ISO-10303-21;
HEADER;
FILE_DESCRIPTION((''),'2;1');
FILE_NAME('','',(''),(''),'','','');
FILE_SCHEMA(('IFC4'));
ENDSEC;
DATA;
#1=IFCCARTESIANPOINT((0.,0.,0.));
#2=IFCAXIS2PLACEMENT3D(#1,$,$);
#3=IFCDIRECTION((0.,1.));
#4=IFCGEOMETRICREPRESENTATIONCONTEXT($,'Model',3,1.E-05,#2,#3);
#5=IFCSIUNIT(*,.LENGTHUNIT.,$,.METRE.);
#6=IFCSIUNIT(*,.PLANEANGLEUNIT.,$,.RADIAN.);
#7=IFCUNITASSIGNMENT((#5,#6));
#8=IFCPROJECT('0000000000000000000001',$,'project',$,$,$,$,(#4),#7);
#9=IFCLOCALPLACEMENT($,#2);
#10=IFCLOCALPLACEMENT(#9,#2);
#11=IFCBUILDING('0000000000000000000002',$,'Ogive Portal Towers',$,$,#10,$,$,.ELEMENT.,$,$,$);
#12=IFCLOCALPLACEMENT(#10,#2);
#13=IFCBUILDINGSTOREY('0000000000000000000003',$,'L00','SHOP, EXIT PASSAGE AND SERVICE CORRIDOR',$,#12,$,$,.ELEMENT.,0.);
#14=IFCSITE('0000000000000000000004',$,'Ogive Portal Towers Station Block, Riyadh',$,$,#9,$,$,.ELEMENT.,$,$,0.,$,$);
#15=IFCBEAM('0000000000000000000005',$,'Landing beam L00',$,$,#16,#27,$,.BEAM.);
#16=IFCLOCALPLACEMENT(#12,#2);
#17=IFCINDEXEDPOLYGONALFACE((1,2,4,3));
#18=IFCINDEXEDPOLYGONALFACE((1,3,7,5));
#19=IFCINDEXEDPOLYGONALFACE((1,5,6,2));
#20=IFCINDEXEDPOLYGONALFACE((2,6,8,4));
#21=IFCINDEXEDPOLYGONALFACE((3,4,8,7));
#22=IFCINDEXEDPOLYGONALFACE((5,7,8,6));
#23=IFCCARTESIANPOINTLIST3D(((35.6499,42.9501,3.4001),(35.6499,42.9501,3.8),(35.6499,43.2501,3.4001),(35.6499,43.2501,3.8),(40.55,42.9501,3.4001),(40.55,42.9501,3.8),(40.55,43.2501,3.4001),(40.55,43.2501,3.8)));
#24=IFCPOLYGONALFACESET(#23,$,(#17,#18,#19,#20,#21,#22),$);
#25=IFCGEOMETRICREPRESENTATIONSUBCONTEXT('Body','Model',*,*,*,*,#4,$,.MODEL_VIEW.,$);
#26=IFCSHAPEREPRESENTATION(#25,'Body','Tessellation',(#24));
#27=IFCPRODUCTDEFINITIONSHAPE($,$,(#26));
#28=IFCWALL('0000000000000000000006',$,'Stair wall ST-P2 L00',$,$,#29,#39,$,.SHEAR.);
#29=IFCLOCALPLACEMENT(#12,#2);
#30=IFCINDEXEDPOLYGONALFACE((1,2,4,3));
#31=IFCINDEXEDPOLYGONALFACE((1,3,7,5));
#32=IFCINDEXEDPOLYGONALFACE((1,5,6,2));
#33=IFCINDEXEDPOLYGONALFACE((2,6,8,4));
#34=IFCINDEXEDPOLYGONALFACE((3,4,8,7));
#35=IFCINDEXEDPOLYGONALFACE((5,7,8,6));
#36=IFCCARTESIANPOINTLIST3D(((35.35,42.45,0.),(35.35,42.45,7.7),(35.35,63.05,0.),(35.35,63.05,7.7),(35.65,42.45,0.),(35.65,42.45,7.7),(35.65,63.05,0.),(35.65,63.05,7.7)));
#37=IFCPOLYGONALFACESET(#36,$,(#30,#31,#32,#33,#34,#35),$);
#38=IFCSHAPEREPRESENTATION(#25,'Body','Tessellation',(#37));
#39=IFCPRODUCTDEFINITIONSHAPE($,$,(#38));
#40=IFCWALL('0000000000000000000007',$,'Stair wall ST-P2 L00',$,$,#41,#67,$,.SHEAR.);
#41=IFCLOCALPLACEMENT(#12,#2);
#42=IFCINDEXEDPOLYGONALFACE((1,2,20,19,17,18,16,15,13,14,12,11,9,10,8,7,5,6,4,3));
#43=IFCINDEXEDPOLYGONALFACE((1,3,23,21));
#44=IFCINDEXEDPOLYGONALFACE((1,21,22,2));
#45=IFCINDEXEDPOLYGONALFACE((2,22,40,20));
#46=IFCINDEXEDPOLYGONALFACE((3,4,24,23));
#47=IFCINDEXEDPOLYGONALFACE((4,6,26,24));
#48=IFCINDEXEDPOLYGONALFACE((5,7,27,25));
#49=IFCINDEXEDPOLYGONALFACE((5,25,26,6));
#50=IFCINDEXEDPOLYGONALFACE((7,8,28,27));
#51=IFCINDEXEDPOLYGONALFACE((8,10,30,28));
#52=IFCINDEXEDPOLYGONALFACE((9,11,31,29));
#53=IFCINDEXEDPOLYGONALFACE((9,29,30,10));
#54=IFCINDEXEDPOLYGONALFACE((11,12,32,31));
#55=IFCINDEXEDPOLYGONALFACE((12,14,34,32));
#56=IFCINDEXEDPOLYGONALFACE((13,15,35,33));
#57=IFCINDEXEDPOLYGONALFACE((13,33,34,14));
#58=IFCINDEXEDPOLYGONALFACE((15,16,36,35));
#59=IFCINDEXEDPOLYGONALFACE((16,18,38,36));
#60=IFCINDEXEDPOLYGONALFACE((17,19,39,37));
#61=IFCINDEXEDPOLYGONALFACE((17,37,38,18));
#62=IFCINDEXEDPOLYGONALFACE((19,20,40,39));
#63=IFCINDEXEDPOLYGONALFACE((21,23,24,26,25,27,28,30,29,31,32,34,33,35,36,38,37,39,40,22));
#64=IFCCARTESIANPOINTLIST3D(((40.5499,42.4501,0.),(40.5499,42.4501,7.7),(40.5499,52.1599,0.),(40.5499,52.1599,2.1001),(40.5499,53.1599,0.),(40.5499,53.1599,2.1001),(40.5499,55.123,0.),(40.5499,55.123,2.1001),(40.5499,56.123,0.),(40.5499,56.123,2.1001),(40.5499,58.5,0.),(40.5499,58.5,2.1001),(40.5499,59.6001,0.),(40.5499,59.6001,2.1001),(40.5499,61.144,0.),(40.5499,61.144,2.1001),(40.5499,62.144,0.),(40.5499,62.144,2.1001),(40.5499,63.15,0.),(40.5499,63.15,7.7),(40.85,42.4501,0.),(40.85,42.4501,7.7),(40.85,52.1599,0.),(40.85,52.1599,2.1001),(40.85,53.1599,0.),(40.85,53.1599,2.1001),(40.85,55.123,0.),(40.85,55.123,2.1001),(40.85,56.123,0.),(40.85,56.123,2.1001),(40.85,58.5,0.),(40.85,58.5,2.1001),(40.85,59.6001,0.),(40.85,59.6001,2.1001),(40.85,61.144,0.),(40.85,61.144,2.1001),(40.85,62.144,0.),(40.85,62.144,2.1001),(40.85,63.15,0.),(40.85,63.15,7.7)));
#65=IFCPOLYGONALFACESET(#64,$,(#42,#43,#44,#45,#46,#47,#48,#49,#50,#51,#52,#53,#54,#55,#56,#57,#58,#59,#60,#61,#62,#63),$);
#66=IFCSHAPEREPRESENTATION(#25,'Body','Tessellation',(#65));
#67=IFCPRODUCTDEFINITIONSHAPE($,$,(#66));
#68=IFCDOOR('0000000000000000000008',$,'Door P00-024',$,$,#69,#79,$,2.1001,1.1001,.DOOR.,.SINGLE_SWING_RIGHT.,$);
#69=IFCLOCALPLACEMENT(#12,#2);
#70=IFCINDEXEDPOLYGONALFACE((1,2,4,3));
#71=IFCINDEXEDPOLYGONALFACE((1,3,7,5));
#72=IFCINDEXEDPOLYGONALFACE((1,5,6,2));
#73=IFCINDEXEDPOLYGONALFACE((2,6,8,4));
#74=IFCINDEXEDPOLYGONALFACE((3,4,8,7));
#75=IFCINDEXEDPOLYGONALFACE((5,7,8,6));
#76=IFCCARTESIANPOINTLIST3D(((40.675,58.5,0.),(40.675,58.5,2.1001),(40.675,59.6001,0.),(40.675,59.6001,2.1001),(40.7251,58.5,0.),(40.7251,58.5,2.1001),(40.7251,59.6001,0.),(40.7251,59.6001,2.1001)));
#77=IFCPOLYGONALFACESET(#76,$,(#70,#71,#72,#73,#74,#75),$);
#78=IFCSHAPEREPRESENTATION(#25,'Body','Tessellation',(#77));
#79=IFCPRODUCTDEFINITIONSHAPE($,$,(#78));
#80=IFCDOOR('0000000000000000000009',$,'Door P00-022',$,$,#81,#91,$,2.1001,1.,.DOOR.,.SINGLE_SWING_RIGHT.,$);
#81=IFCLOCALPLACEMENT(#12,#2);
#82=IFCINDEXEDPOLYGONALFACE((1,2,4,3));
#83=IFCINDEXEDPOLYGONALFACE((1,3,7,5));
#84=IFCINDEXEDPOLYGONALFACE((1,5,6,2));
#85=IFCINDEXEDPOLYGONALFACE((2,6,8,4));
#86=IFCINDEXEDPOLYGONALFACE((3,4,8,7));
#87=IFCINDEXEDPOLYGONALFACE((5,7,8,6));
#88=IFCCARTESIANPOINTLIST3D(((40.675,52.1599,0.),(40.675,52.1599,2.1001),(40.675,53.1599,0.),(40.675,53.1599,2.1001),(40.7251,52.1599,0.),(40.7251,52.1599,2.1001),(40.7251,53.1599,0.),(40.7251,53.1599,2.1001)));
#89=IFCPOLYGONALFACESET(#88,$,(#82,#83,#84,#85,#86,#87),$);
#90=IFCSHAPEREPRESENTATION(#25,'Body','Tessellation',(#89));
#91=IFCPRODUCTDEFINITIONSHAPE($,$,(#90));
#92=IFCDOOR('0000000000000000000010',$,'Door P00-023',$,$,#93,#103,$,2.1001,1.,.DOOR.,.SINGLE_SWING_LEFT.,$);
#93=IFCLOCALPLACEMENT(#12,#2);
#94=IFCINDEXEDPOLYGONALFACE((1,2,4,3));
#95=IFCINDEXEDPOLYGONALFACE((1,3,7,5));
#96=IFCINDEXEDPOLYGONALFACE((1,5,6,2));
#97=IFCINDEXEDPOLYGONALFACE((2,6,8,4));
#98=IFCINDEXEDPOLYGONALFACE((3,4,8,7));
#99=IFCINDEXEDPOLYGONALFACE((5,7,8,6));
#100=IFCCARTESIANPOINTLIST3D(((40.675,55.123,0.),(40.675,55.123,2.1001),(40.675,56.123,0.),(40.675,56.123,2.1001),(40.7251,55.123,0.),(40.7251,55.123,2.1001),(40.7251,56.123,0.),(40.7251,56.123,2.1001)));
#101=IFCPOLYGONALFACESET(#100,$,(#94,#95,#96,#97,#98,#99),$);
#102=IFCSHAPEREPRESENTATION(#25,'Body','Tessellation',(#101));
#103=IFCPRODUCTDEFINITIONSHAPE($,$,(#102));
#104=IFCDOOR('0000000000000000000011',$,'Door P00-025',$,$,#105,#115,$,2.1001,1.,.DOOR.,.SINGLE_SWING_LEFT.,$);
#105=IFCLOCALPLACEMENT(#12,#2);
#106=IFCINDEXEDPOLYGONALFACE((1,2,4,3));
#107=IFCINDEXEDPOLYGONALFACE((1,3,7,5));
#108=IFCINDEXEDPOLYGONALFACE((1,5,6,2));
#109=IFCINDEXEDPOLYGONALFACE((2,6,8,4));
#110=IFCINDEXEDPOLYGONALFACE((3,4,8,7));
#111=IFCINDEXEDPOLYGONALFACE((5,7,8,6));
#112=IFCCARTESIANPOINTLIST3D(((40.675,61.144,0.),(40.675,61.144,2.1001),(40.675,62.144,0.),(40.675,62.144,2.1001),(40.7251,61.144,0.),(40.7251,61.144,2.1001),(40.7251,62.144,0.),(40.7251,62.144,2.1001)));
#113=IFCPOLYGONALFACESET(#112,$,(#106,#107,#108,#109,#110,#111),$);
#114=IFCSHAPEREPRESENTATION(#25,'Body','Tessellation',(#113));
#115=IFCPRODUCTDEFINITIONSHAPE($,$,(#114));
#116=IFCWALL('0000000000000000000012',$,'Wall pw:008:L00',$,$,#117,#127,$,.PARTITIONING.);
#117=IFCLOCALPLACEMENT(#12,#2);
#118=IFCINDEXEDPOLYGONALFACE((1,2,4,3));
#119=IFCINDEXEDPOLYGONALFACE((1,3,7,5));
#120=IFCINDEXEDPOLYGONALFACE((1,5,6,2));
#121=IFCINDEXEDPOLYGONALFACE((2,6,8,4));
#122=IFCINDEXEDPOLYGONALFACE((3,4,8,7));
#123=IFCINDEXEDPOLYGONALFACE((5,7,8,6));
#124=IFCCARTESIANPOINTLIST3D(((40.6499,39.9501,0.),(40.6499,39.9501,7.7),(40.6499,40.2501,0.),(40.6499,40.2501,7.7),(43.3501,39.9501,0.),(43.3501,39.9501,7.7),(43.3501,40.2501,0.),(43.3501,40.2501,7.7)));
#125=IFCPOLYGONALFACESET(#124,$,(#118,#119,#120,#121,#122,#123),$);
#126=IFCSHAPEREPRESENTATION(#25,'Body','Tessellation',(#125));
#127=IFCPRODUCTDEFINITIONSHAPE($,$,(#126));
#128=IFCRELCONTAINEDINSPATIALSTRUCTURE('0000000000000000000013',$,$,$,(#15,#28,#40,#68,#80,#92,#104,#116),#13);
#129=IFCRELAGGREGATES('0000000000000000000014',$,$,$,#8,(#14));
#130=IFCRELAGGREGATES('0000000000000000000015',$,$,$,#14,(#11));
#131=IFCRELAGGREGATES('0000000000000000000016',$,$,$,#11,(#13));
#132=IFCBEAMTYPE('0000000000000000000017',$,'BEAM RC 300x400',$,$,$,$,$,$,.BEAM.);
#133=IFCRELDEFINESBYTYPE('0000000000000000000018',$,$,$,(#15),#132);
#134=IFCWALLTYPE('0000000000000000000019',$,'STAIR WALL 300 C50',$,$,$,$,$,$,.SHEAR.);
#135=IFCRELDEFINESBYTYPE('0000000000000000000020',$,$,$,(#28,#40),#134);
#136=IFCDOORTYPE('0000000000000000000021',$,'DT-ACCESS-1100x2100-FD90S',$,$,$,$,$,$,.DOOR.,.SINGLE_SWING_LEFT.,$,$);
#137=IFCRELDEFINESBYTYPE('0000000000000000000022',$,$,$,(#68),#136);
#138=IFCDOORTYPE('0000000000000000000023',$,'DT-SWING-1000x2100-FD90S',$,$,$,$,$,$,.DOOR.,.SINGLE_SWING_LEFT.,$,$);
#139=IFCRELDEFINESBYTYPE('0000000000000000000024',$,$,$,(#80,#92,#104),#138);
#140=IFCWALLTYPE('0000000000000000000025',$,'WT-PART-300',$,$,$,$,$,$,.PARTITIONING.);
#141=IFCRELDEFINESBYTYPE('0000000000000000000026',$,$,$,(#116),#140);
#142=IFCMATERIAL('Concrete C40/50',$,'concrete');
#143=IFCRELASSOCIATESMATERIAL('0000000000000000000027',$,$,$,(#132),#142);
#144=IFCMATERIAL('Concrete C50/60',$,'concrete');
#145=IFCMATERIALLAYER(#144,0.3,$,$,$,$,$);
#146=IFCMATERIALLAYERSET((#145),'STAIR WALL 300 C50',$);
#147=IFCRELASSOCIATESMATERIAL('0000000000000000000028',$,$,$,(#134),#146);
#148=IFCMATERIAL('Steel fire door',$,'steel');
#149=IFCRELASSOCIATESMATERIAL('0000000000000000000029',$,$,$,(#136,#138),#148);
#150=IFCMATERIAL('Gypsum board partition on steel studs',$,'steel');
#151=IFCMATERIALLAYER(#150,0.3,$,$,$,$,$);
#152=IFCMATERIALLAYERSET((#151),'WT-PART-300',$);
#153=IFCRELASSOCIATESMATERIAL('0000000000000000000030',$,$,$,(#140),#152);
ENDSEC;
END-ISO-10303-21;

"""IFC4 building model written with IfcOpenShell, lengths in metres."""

from ifc_helpers import new_model, si_unit, direction, frame, frame_2d, origin, origin_2d, place, context, subcontext, project, spatial, rectangle, extrude, material, layer, layer_set, material_profile, profile_set, type_object, element, fill, save


model = new_model("IFC4")

# Units and contexts
model_context = context("Model", 3, precision=1e-05, world=origin(), true_north=direction((0.0, 1.0)))
body_context = subcontext(model_context, "Body", "Model", "MODEL_VIEW")
ifc_project = project(units=[si_unit("LENGTHUNIT", "METRE"), si_unit("PLANEANGLEUNIT", "RADIAN")], contexts=[model_context])

# Site, building, storey
site_placement = place(None, origin())
site = spatial("IfcSite", under=ifc_project, at=site_placement, Name="Ogive Portal Towers Station Block, Riyadh", CompositionType="ELEMENT", RefElevation=0.0)
building_placement = place(site_placement, origin())
building = spatial("IfcBuilding", under=site, at=building_placement, Name="Ogive Portal Towers", CompositionType="ELEMENT")
storey_placement = place(building_placement, origin())
storey = spatial("IfcBuildingStorey", under=building, at=storey_placement, Name="L00", Description="SHOP, EXIT PASSAGE AND SERVICE CORRIDOR", CompositionType="ELEMENT", Elevation=0.0)

# Beam
ifc_material_1 = material(Name="Concrete C40/50", Category="concrete")
ifc_material_profile = material_profile(ifc_material_1, rectangle(XDim=0.3, YDim=0.3999, at=origin_2d()), Name="RC 300x400")
ifc_profile_set = profile_set([ifc_material_profile], Name="Concrete C40/50")
beam_type = type_object("IfcBeamType", Name="BEAM RC 300x400", PredefinedType="BEAM", material=ifc_profile_set)
beam_placement = place(storey_placement, frame((35.6499, 43.1001, 3.6001), z_axis=(1.0, 0.0, 0.0), x_axis=(0.0, 1.0, 0.0)))
element("IfcBeam", 1, at=beam_placement, inside=storey, type_object=beam_type, Name="Landing beam L00", PredefinedType="BEAM", context=body_context, shape_type="SweptSolid", body=[
    extrude(rectangle(XDim=0.3, YDim=0.3999, at=origin_2d()), origin(), (0.0, 0.0, 1.0), 4.9001),
])

# Wall
ifc_material_2 = material(Name="Concrete C50/60", Category="concrete")
ifc_layer_1 = layer(ifc_material_2, 0.3)
ifc_layer_set_1 = layer_set([ifc_layer_1], Name="STAIR WALL 300 C50")
wall_type_1 = type_object("IfcWallType", Name="STAIR WALL 300 C50", PredefinedType="SHEAR", material=ifc_layer_set_1)
wall_1_placement = place(storey_placement, frame((35.5, 42.45, 0.0), z_axis=(0.0, 0.0, 1.0), x_axis=(0.0, 1.0, 0.0)))
element("IfcWall", 2, at=wall_1_placement, inside=storey, type_object=wall_type_1, Name="Stair wall ST-P2 L00", PredefinedType="SHEAR", context=body_context, shape_type="SweptSolid", body=[
    extrude(rectangle(XDim=20.6001, YDim=0.3, at=frame_2d((10.3, 0.0))), origin(), (0.0, 0.0, 1.0), 7.7),
])

# Wall, openings, doors
wall_2_placement = place(storey_placement, frame((40.7, 42.45, 0.0), z_axis=(0.0, 0.0, 1.0), x_axis=(0.0, 1.0, 0.0)))
wall_2 = element("IfcWall", 3, at=wall_2_placement, inside=storey, type_object=wall_type_1, Name="Stair wall ST-P2 L00", PredefinedType="SHEAR", context=body_context, shape_type="SweptSolid", body=[
    extrude(rectangle(XDim=20.7, YDim=0.3, at=frame_2d((10.3501, 0.0))), origin(), (0.0, 0.0, 1.0), 7.7),
])
opening_1_placement = place(wall_2_placement, frame((9.71, 0.0, 0.0)))
opening_1 = element("IfcOpeningElement", 4, at=opening_1_placement, cuts=wall_2, PredefinedType="OPENING", context=body_context, shape_type="SweptSolid", body=[
    extrude(rectangle(XDim=1.0, YDim=2.1001, at=frame_2d((0.5, 1.05))), frame((0.0, 0.1602, 0.0), z_axis=(0.0, -1.0, 0.0), x_axis=(1.0, 0.0, 0.0)), (0.0, 0.0, 1.0), 0.3201),
])
opening_2_placement = place(wall_2_placement, frame((12.6731, 0.0, 0.0)))
opening_2 = element("IfcOpeningElement", 5, at=opening_2_placement, cuts=wall_2, PredefinedType="OPENING", context=body_context, shape_type="SweptSolid", body=[
    extrude(rectangle(XDim=1.0, YDim=2.1001, at=frame_2d((0.5, 1.05))), frame((0.0, 0.1602, 0.0), z_axis=(0.0, -1.0, 0.0), x_axis=(1.0, 0.0, 0.0)), (0.0, 0.0, 1.0), 0.3201),
])
opening_3_placement = place(wall_2_placement, frame((16.05, 0.0, 0.0)))
opening_3 = element("IfcOpeningElement", 6, at=opening_3_placement, cuts=wall_2, PredefinedType="OPENING", context=body_context, shape_type="SweptSolid", body=[
    extrude(rectangle(XDim=1.1001, YDim=2.1001, at=frame_2d((0.55, 1.05))), frame((0.0, 0.1602, 0.0), z_axis=(0.0, -1.0, 0.0), x_axis=(1.0, 0.0, 0.0)), (0.0, 0.0, 1.0), 0.3201),
])
opening_4_placement = place(wall_2_placement, frame((18.6941, 0.0, 0.0)))
opening_4 = element("IfcOpeningElement", 7, at=opening_4_placement, cuts=wall_2, PredefinedType="OPENING", context=body_context, shape_type="SweptSolid", body=[
    extrude(rectangle(XDim=1.0, YDim=2.1001, at=frame_2d((0.5, 1.05))), frame((0.0, 0.1602, 0.0), z_axis=(0.0, -1.0, 0.0), x_axis=(1.0, 0.0, 0.0)), (0.0, 0.0, 1.0), 0.3201),
])
ifc_material_3 = material(Name="Steel fire door", Category="steel")
door_type_1 = type_object("IfcDoorType", Name="DT-ACCESS-1100x2100-FD90S", OperationType="SINGLE_SWING_LEFT", PredefinedType="DOOR", material=ifc_material_3)
door_1_placement = place(opening_3_placement, origin())
door_1 = element("IfcDoor", 8, at=door_1_placement, inside=storey, type_object=door_type_1, Name="Door P00-024", OperationType="SINGLE_SWING_RIGHT", OverallHeight=2.1001, OverallWidth=1.1001, PredefinedType="DOOR", context=body_context, shape_type="SweptSolid", body=[
    extrude(rectangle(XDim=1.1001, YDim=2.1001, at=frame_2d((0.55, 1.05))), frame((0.0, 0.0249, 0.0), z_axis=(0.0, -1.0, 0.0), x_axis=(1.0, 0.0, 0.0)), (0.0, 0.0, 1.0), 0.05),
])
fill(opening_3, door_1)
door_type_2 = type_object("IfcDoorType", Name="DT-SWING-1000x2100-FD90S", OperationType="SINGLE_SWING_LEFT", PredefinedType="DOOR", material=ifc_material_3)
door_2_placement = place(opening_1_placement, origin())
door_2 = element("IfcDoor", 9, at=door_2_placement, inside=storey, type_object=door_type_2, Name="Door P00-022", OperationType="SINGLE_SWING_RIGHT", OverallHeight=2.1001, OverallWidth=1.0, PredefinedType="DOOR", context=body_context, shape_type="SweptSolid", body=[
    extrude(rectangle(XDim=1.0, YDim=2.1001, at=frame_2d((0.5, 1.05))), frame((0.0, 0.0249, 0.0), z_axis=(0.0, -1.0, 0.0), x_axis=(1.0, 0.0, 0.0)), (0.0, 0.0, 1.0), 0.05),
])
fill(opening_1, door_2)
door_3_placement = place(opening_2_placement, origin())
door_3 = element("IfcDoor", 10, at=door_3_placement, inside=storey, type_object=door_type_2, Name="Door P00-023", OperationType="SINGLE_SWING_LEFT", OverallHeight=2.1001, OverallWidth=1.0, PredefinedType="DOOR", context=body_context, shape_type="SweptSolid", body=[
    extrude(rectangle(XDim=1.0, YDim=2.1001, at=frame_2d((0.5, 1.05))), frame((0.0, 0.0249, 0.0), z_axis=(0.0, -1.0, 0.0), x_axis=(1.0, 0.0, 0.0)), (0.0, 0.0, 1.0), 0.05),
])
fill(opening_2, door_3)
door_4_placement = place(opening_4_placement, origin())
door_4 = element("IfcDoor", 11, at=door_4_placement, inside=storey, type_object=door_type_2, Name="Door P00-025", OperationType="SINGLE_SWING_LEFT", OverallHeight=2.1001, OverallWidth=1.0, PredefinedType="DOOR", context=body_context, shape_type="SweptSolid", body=[
    extrude(rectangle(XDim=1.0, YDim=2.1001, at=frame_2d((0.5, 1.05))), frame((0.0, 0.0249, 0.0), z_axis=(0.0, -1.0, 0.0), x_axis=(1.0, 0.0, 0.0)), (0.0, 0.0, 1.0), 0.05),
])
fill(opening_4, door_4)

# Wall
ifc_material_4 = material(Name="Gypsum board partition on steel studs", Category="steel")
ifc_layer_2 = layer(ifc_material_4, 0.3)
ifc_layer_set_2 = layer_set([ifc_layer_2], Name="WT-PART-300")
wall_type_2 = type_object("IfcWallType", Name="WT-PART-300", PredefinedType="PARTITIONING", material=ifc_layer_set_2)
wall_3_placement = place(storey_placement, frame((40.6499, 40.1001, 0.0), z_axis=(0.0, 0.0, 1.0), x_axis=(1.0, 0.0, 0.0)))
element("IfcWall", 12, at=wall_3_placement, inside=storey, type_object=wall_type_2, Name="Wall pw:008:L00", PredefinedType="PARTITIONING", context=body_context, shape_type="SweptSolid", body=[
    extrude(rectangle(XDim=2.7002, YDim=0.3, at=frame_2d((1.3501, 0.0))), origin(), (0.0, 0.0, 1.0), 7.7),
])

save(model, "model.ifc")
